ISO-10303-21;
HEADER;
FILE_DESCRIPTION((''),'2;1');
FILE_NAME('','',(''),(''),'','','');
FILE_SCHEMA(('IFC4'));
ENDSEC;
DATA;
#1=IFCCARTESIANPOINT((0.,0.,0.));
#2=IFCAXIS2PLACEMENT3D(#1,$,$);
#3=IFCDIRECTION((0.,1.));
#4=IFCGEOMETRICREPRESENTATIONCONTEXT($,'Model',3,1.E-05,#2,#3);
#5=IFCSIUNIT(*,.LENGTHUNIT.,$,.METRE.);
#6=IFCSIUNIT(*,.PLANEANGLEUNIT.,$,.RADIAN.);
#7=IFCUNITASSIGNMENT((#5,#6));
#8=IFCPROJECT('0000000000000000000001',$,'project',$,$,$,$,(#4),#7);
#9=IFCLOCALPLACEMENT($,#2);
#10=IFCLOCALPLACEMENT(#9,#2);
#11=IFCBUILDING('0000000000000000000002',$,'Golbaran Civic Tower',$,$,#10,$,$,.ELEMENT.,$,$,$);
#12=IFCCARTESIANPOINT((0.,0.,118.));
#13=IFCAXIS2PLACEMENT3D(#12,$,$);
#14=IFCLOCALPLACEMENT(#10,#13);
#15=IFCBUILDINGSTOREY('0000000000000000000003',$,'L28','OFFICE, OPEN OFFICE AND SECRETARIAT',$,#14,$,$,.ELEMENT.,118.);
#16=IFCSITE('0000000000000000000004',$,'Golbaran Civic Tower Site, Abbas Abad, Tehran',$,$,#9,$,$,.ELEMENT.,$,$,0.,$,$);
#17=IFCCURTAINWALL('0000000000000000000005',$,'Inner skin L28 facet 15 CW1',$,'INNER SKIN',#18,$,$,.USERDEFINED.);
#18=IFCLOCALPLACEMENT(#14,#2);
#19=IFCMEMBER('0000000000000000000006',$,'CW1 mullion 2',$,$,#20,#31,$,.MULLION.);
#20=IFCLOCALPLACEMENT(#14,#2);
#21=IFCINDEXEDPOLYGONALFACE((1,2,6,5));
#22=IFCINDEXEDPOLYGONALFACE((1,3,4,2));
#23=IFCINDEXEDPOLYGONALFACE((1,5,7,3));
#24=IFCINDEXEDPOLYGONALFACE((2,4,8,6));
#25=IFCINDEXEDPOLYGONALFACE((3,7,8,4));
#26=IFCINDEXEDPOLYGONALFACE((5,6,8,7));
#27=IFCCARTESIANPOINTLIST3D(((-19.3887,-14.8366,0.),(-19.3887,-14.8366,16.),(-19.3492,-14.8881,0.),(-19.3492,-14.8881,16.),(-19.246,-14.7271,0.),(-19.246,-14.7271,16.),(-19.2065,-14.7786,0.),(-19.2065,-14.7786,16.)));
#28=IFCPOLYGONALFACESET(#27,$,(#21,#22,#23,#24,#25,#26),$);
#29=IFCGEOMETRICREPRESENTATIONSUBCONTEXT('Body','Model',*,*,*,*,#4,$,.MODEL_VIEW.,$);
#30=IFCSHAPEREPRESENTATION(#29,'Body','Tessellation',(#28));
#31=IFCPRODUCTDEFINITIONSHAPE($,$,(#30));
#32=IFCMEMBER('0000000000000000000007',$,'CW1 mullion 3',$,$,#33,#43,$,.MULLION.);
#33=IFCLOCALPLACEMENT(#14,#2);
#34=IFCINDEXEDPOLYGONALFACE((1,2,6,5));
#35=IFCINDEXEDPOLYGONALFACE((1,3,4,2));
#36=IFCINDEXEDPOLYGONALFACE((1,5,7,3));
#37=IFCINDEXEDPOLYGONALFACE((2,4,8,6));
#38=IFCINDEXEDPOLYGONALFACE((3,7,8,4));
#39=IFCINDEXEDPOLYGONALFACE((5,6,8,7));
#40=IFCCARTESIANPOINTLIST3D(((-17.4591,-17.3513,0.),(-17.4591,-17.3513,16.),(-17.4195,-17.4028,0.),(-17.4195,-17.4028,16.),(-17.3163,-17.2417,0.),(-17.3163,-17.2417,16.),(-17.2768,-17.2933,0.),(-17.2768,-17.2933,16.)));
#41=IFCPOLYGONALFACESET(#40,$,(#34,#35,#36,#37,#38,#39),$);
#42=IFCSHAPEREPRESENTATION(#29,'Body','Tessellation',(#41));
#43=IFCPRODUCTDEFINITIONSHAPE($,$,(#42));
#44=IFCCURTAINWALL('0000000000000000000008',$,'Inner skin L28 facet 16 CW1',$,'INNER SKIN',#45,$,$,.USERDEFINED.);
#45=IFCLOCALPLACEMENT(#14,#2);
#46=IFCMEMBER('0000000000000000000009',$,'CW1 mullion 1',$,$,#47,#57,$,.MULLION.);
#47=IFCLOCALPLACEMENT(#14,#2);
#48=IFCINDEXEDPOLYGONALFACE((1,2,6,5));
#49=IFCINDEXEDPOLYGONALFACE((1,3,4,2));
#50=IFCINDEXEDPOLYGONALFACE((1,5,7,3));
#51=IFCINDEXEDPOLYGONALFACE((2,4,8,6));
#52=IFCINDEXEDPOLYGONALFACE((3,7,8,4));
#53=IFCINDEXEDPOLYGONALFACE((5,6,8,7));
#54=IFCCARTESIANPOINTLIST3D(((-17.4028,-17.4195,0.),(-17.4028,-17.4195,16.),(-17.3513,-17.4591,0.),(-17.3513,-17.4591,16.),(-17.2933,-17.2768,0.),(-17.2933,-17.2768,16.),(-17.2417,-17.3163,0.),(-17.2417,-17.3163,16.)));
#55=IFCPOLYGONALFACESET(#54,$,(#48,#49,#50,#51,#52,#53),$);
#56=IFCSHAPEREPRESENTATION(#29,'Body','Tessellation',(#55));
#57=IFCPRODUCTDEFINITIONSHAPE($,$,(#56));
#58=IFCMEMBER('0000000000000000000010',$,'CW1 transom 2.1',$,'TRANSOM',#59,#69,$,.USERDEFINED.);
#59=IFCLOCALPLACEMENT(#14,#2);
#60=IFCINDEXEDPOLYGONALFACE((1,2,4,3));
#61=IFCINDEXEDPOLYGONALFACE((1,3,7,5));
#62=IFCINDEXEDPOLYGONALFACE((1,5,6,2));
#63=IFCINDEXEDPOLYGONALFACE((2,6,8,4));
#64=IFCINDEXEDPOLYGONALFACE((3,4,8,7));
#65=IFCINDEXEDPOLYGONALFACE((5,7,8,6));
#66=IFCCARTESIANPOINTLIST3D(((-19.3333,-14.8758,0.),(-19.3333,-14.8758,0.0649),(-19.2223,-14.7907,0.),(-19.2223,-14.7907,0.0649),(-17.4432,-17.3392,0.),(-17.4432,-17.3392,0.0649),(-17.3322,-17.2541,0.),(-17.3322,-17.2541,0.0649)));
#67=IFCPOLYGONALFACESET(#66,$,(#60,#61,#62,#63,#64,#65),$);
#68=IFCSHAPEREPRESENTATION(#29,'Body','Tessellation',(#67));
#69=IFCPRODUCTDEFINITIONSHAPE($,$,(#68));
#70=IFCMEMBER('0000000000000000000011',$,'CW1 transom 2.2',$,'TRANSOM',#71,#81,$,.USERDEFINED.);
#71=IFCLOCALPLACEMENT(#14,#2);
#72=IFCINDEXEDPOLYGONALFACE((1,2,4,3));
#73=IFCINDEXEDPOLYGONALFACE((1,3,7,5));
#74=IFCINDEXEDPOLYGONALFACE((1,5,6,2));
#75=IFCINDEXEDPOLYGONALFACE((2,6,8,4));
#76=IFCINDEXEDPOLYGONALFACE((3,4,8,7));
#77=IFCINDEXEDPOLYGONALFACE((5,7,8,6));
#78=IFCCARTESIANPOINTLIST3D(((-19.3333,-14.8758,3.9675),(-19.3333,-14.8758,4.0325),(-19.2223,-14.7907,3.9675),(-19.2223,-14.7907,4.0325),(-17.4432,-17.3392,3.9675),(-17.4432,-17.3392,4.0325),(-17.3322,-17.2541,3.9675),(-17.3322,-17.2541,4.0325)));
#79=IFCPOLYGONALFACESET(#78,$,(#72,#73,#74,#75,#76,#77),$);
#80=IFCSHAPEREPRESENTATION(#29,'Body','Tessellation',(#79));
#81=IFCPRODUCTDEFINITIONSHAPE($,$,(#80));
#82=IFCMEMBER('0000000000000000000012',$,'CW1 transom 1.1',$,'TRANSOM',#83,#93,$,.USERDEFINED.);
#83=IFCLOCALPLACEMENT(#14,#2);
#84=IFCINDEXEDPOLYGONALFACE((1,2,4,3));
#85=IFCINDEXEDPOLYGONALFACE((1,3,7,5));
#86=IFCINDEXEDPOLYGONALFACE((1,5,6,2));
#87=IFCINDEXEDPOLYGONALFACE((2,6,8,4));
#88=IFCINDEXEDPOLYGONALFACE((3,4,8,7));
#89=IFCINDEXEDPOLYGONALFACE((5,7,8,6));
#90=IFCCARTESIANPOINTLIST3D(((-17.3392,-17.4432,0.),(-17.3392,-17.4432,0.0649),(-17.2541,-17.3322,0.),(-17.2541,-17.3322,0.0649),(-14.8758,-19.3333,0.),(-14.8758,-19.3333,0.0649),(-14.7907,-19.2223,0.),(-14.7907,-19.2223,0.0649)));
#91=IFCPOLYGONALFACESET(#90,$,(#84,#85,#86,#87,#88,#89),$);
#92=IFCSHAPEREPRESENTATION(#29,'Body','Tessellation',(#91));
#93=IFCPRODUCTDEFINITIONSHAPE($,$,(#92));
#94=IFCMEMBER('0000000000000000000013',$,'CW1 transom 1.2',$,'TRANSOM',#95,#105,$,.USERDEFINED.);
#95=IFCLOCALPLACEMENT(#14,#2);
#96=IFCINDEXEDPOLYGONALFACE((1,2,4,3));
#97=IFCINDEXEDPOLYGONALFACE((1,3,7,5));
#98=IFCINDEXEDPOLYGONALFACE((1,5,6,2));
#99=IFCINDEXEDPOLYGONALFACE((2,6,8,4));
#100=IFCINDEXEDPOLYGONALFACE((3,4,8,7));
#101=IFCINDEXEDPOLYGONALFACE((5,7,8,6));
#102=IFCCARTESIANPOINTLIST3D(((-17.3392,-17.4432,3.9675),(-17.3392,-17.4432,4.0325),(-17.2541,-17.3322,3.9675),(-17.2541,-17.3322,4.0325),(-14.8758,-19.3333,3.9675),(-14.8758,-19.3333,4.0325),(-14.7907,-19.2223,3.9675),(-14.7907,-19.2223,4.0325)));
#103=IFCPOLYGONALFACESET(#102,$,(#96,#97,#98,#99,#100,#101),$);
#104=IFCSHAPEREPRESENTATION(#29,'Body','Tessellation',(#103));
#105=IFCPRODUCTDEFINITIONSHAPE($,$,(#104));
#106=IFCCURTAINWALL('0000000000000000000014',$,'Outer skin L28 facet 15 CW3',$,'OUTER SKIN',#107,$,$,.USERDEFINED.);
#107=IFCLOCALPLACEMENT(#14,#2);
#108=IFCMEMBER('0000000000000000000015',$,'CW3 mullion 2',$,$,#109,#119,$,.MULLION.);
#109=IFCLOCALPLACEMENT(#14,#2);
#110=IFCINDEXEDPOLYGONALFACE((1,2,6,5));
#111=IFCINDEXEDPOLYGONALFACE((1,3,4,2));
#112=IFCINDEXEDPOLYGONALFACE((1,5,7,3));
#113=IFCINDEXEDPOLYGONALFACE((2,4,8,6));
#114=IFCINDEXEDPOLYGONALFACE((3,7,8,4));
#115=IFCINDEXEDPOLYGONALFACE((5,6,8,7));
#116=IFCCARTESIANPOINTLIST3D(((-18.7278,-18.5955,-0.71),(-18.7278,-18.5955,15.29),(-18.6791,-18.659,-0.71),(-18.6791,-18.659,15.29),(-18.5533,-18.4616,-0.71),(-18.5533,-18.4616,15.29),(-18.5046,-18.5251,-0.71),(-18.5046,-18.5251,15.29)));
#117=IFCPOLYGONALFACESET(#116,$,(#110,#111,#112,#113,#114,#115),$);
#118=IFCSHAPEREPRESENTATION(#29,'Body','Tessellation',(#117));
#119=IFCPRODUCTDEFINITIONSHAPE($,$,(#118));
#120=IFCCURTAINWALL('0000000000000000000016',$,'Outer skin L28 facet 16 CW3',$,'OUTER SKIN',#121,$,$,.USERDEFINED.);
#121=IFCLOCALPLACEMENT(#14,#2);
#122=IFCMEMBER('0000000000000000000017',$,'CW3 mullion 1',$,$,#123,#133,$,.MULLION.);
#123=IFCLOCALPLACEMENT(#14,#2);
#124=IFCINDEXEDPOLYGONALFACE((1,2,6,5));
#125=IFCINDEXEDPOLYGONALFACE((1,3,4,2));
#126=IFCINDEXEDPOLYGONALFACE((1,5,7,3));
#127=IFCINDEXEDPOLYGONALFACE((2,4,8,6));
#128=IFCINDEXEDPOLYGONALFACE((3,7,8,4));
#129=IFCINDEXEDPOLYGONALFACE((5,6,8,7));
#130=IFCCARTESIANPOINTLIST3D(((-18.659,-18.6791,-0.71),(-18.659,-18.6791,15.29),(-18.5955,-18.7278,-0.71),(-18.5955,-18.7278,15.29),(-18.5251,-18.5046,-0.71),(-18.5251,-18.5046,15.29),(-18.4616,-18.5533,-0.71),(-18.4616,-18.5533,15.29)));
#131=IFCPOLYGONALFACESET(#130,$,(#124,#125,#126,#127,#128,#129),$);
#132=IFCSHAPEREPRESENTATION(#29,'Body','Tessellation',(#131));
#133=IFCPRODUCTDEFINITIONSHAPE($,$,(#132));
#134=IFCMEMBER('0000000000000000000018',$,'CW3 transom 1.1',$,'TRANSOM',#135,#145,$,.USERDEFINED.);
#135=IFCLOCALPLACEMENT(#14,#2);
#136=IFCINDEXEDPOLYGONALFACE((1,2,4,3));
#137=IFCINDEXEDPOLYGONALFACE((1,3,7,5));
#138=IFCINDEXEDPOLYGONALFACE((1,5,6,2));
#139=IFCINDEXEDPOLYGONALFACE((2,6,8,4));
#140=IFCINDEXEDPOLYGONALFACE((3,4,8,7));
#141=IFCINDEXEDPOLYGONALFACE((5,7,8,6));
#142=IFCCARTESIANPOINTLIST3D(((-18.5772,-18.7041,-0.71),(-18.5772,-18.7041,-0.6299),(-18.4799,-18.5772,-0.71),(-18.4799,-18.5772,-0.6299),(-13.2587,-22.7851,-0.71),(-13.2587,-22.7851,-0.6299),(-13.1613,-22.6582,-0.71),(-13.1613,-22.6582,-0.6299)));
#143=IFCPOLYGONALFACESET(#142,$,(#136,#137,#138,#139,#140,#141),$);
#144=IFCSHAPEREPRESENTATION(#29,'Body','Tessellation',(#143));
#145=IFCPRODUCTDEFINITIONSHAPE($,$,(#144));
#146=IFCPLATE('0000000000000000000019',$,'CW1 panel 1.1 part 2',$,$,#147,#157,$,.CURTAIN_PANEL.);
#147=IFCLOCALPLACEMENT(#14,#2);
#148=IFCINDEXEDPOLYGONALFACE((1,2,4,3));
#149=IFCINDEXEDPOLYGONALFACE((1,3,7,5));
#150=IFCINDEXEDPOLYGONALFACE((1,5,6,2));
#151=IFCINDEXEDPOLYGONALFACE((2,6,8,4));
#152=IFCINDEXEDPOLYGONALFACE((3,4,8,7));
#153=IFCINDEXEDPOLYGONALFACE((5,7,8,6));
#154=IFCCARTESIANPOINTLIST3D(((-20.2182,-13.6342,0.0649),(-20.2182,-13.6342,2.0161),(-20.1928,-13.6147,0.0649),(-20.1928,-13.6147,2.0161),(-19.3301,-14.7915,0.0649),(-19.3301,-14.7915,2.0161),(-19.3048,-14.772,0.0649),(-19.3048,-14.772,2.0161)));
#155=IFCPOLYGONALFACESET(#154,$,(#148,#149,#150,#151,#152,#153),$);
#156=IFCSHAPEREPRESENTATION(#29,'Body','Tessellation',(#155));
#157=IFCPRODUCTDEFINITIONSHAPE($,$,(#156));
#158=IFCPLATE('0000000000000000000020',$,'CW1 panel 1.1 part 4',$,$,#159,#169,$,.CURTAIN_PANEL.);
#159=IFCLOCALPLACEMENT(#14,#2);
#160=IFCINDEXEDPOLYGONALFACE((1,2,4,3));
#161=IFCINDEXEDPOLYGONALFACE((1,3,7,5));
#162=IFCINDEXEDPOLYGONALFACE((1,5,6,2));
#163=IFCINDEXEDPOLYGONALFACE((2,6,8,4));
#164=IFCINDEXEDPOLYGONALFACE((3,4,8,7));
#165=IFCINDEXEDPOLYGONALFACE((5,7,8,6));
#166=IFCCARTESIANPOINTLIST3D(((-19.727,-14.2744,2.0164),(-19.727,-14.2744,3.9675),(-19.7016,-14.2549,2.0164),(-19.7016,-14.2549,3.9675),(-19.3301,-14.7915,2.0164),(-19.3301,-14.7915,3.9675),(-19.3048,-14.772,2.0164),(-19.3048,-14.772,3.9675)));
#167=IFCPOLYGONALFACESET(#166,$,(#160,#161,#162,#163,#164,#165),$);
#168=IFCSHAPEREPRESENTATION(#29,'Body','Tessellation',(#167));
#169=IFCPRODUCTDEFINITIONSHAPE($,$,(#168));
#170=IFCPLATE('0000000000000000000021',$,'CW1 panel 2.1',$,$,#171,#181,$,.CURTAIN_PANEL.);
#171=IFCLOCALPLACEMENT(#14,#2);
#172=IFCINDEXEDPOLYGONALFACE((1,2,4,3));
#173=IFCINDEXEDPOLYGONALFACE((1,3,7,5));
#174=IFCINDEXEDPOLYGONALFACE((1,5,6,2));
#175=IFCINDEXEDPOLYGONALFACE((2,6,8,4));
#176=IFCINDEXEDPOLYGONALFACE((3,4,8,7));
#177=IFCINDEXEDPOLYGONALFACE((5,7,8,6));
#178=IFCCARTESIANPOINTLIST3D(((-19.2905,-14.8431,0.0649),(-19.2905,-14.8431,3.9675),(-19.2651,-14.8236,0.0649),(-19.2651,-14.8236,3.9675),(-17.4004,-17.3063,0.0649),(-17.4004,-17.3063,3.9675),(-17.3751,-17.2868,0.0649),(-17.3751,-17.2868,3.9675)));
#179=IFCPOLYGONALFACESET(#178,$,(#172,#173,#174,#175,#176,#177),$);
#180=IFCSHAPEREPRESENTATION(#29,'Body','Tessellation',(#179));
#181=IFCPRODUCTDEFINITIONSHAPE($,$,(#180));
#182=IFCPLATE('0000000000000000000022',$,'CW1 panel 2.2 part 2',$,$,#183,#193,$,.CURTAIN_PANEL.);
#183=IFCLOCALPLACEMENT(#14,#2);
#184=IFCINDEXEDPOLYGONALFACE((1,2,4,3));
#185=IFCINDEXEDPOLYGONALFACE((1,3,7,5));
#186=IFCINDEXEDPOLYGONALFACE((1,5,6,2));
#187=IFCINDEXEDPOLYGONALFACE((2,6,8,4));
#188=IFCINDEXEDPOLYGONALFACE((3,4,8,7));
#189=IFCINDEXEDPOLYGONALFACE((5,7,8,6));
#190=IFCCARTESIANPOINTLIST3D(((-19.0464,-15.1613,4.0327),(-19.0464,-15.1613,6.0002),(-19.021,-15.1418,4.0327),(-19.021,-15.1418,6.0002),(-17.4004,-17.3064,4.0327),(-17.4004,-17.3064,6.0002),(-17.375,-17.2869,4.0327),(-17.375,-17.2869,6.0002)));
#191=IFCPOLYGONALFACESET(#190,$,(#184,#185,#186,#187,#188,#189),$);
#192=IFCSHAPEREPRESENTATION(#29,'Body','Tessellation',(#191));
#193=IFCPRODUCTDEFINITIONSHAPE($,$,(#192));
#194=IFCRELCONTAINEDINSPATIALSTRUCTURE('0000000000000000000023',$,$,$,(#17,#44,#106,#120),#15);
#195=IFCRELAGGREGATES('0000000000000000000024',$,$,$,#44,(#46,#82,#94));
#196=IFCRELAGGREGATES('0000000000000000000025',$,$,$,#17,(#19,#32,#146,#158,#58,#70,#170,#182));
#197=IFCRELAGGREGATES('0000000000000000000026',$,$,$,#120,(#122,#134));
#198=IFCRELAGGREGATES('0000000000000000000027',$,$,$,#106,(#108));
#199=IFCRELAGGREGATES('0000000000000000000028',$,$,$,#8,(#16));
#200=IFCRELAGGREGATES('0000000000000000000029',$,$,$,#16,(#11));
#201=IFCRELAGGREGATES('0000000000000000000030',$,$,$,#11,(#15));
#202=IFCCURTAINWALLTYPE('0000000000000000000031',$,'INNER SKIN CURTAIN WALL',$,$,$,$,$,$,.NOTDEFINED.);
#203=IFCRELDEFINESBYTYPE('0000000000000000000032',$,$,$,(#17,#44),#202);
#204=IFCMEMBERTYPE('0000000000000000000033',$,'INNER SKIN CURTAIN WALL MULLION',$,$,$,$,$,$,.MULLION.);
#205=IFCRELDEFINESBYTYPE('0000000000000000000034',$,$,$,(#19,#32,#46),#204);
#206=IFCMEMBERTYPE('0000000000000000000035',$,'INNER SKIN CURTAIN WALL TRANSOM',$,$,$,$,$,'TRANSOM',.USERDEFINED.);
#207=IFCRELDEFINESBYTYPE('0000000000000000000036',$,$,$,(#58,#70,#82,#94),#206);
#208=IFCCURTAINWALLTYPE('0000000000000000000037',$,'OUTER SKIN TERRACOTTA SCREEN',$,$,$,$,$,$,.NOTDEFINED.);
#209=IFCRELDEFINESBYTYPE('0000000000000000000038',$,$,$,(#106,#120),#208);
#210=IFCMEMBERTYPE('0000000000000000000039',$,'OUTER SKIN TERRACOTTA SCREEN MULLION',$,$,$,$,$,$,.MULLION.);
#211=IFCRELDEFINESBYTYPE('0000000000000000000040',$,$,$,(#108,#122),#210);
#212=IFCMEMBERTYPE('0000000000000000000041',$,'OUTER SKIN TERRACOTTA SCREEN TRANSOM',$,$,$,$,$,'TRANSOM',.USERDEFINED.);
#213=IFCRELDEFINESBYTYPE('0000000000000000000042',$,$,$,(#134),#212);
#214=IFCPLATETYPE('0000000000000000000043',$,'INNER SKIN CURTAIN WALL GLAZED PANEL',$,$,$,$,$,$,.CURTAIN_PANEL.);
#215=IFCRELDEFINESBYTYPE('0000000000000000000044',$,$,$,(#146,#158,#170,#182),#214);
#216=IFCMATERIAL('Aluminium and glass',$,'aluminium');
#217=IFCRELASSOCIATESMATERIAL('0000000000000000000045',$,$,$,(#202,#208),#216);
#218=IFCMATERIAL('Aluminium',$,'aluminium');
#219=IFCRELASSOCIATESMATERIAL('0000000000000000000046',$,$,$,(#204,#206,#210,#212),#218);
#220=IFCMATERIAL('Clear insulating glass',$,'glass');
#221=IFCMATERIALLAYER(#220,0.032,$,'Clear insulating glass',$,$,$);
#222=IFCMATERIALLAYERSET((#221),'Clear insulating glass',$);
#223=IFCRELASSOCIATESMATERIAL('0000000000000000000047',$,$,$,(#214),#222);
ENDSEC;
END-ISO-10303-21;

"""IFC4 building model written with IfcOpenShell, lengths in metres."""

from ifc_helpers import new_model, si_unit, direction, frame, origin, origin_2d, place, context, subcontext, project, spatial, rectangle, extrude, material, layer, layer_set, material_profile, profile_set, type_object, element, aggregate, save


model = new_model("IFC4")

# Units and contexts
model_context = context("Model", 3, precision=1e-05, world=origin(), true_north=direction((0.0, 1.0)))
body_context = subcontext(model_context, "Body", "Model", "MODEL_VIEW")
ifc_project = project(units=[si_unit("LENGTHUNIT", "METRE"), si_unit("PLANEANGLEUNIT", "RADIAN")], contexts=[model_context])

# Site, building, storey
site_placement = place(None, origin())
site = spatial("IfcSite", under=ifc_project, at=site_placement, Name="Golbaran Civic Tower Site, Abbas Abad, Tehran", CompositionType="ELEMENT", RefElevation=0.0)
building_placement = place(site_placement, origin())
building = spatial("IfcBuilding", under=site, at=building_placement, Name="Golbaran Civic Tower", CompositionType="ELEMENT")
storey_placement = place(building_placement, frame((0.0, 0.0, 118.0)))
storey = spatial("IfcBuildingStorey", under=building, at=storey_placement, Name="L28", Description="OFFICE, OPEN OFFICE AND SECRETARIAT", CompositionType="ELEMENT", Elevation=118.0)

# Curtain wall, members
ifc_material_1 = material(Name="Aluminium and glass", Category="aluminium")
curtain_wall_type_1 = type_object("IfcCurtainWallType", Name="INNER SKIN CURTAIN WALL", PredefinedType="NOTDEFINED", material=ifc_material_1)
curtain_wall_1_placement = place(storey_placement, origin())
curtain_wall_1 = element("IfcCurtainWall", 1, at=curtain_wall_1_placement, inside=storey, type_object=curtain_wall_type_1, Name="Inner skin L28 facet 15 CW1", ObjectType="INNER SKIN", PredefinedType="USERDEFINED")
ifc_material_2 = material(Name="Aluminium", Category="aluminium")
ifc_material_profile_1 = material_profile(ifc_material_2, rectangle(XDim=0.1799, YDim=0.0649, at=origin_2d()), Name="INNER SKIN CURTAIN WALL MULLION")
ifc_profile_set_1 = profile_set([ifc_material_profile_1], Name="Aluminium")
member_type_1 = type_object("IfcMemberType", Name="INNER SKIN CURTAIN WALL MULLION", PredefinedType="MULLION", material=ifc_profile_set_1)
member_1_placement = place(storey_placement, frame((-19.2976, -14.8076, 0.0), z_axis=(0.0, 0.0, 1.0), x_axis=(0.793353, 0.608761, 0.0)))
member_1 = element("IfcMember", 2, at=member_1_placement, type_object=member_type_1, Name="CW1 mullion 2", PredefinedType="MULLION", context=body_context, shape_type="SweptSolid", body=[
    extrude(rectangle(XDim=0.1799, YDim=0.0649, at=origin_2d()), origin(), (0.0, 0.0, 1.0), 16.0),
])
member_2_placement = place(storey_placement, frame((-17.3679, -17.3223, 0.0), z_axis=(0.0, 0.0, 1.0), x_axis=(0.793353, 0.608761, 0.0)))
member_2 = element("IfcMember", 3, at=member_2_placement, type_object=member_type_1, Name="CW1 mullion 3", PredefinedType="MULLION", context=body_context, shape_type="SweptSolid", body=[
    extrude(rectangle(XDim=0.1799, YDim=0.0649, at=origin_2d()), origin(), (0.0, 0.0, 1.0), 16.0),
])

# Curtain wall, member
curtain_wall_2_placement = place(storey_placement, origin())
curtain_wall_2 = element("IfcCurtainWall", 4, at=curtain_wall_2_placement, inside=storey, type_object=curtain_wall_type_1, Name="Inner skin L28 facet 16 CW1", ObjectType="INNER SKIN", PredefinedType="USERDEFINED")
member_3_placement = place(storey_placement, frame((-17.3223, -17.3679, 0.0), z_axis=(0.0, 0.0, 1.0), x_axis=(0.608761, 0.793353, 0.0)))
member_3 = element("IfcMember", 5, at=member_3_placement, type_object=member_type_1, Name="CW1 mullion 1", PredefinedType="MULLION", context=body_context, shape_type="SweptSolid", body=[
    extrude(rectangle(XDim=0.1799, YDim=0.0649, at=origin_2d()), origin(), (0.0, 0.0, 1.0), 16.0),
])

# Members
ifc_material_profile_2 = material_profile(ifc_material_2, rectangle(XDim=0.1399, YDim=0.0649, at=origin_2d()), Name="INNER SKIN CURTAIN WALL TRANSOM")
ifc_profile_set_2 = profile_set([ifc_material_profile_2], Name="Aluminium")
member_type_2 = type_object("IfcMemberType", Name="INNER SKIN CURTAIN WALL TRANSOM", ElementType="TRANSOM", PredefinedType="USERDEFINED", material=ifc_profile_set_2)
member_4_placement = place(storey_placement, frame((-19.2778, -14.8333, 0.0325), z_axis=(0.608745, -0.793366, 0.0), x_axis=(0.793366, 0.608745, 0.0)))
member_4 = element("IfcMember", 6, at=member_4_placement, type_object=member_type_2, Name="CW1 transom 2.1", ObjectType="TRANSOM", PredefinedType="USERDEFINED", context=body_context, shape_type="SweptSolid", body=[
    extrude(rectangle(XDim=0.1399, YDim=0.0649, at=origin_2d()), origin(), (0.0, 0.0, 1.0), 3.105),
])
member_5_placement = place(storey_placement, frame((-19.2778, -14.8333, 4.0), z_axis=(0.608745, -0.793366, 0.0), x_axis=(0.793366, 0.608745, 0.0)))
member_5 = element("IfcMember", 7, at=member_5_placement, type_object=member_type_2, Name="CW1 transom 2.2", ObjectType="TRANSOM", PredefinedType="USERDEFINED", context=body_context, shape_type="SweptSolid", body=[
    extrude(rectangle(XDim=0.1399, YDim=0.0649, at=origin_2d()), origin(), (0.0, 0.0, 1.0), 3.105),
])
member_6_placement = place(storey_placement, frame((-17.2966, -17.3877, 0.0325), z_axis=(0.793366, -0.608745, 0.0), x_axis=(0.608745, 0.793366, 0.0)))
member_6 = element("IfcMember", 8, at=member_6_placement, type_object=member_type_2, Name="CW1 transom 1.1", ObjectType="TRANSOM", PredefinedType="USERDEFINED", context=body_context, shape_type="SweptSolid", body=[
    extrude(rectangle(XDim=0.1399, YDim=0.0649, at=origin_2d()), origin(), (0.0, 0.0, 1.0), 3.105),
])
member_7_placement = place(storey_placement, frame((-17.2966, -17.3877, 4.0), z_axis=(0.793366, -0.608745, 0.0), x_axis=(0.608745, 0.793366, 0.0)))
member_7 = element("IfcMember", 9, at=member_7_placement, type_object=member_type_2, Name="CW1 transom 1.2", ObjectType="TRANSOM", PredefinedType="USERDEFINED", context=body_context, shape_type="SweptSolid", body=[
    extrude(rectangle(XDim=0.1399, YDim=0.0649, at=origin_2d()), origin(), (0.0, 0.0, 1.0), 3.105),
])

# Curtain wall, member
curtain_wall_type_2 = type_object("IfcCurtainWallType", Name="OUTER SKIN TERRACOTTA SCREEN", PredefinedType="NOTDEFINED", material=ifc_material_1)
curtain_wall_3_placement = place(storey_placement, origin())
curtain_wall_3 = element("IfcCurtainWall", 10, at=curtain_wall_3_placement, inside=storey, type_object=curtain_wall_type_2, Name="Outer skin L28 facet 15 CW3", ObjectType="OUTER SKIN", PredefinedType="USERDEFINED")
ifc_material_profile_3 = material_profile(ifc_material_2, rectangle(XDim=0.22, YDim=0.0801, at=origin_2d()), Name="OUTER SKIN TERRACOTTA SCREEN MULLION")
ifc_profile_set_3 = profile_set([ifc_material_profile_3], Name="Aluminium")
member_type_3 = type_object("IfcMemberType", Name="OUTER SKIN TERRACOTTA SCREEN MULLION", PredefinedType="MULLION", material=ifc_profile_set_3)
member_8_placement = place(storey_placement, frame((-18.6162, -18.5603, -0.71), z_axis=(0.0, 0.0, 1.0), x_axis=(0.793353, 0.608761, 0.0)))
member_8 = element("IfcMember", 11, at=member_8_placement, type_object=member_type_3, Name="CW3 mullion 2", PredefinedType="MULLION", context=body_context, shape_type="SweptSolid", body=[
    extrude(rectangle(XDim=0.22, YDim=0.0801, at=origin_2d()), origin(), (0.0, 0.0, 1.0), 16.0),
])

# Curtain wall, members
curtain_wall_4_placement = place(storey_placement, origin())
curtain_wall_4 = element("IfcCurtainWall", 12, at=curtain_wall_4_placement, inside=storey, type_object=curtain_wall_type_2, Name="Outer skin L28 facet 16 CW3", ObjectType="OUTER SKIN", PredefinedType="USERDEFINED")
member_9_placement = place(storey_placement, frame((-18.5603, -18.6162, -0.71), z_axis=(0.0, 0.0, 1.0), x_axis=(0.608761, 0.793353, 0.0)))
member_9 = element("IfcMember", 13, at=member_9_placement, type_object=member_type_3, Name="CW3 mullion 1", PredefinedType="MULLION", context=body_context, shape_type="SweptSolid", body=[
    extrude(rectangle(XDim=0.22, YDim=0.0801, at=origin_2d()), origin(), (0.0, 0.0, 1.0), 16.0),
])
ifc_material_profile_4 = material_profile(ifc_material_2, rectangle(XDim=0.1599, YDim=0.0801, at=origin_2d()), Name="OUTER SKIN TERRACOTTA SCREEN TRANSOM")
ifc_profile_set_4 = profile_set([ifc_material_profile_4], Name="Aluminium")
member_type_4 = type_object("IfcMemberType", Name="OUTER SKIN TERRACOTTA SCREEN TRANSOM", ElementType="TRANSOM", PredefinedType="USERDEFINED", material=ifc_profile_set_4)
member_10_placement = place(storey_placement, frame((-18.5286, -18.6406, -0.6699), z_axis=(0.793357, -0.608756, 0.0), x_axis=(0.608756, 0.793357, 0.0)))
member_10 = element("IfcMember", 14, at=member_10_placement, type_object=member_type_4, Name="CW3 transom 1.1", ObjectType="TRANSOM", PredefinedType="USERDEFINED", context=body_context, shape_type="SweptSolid", body=[
    extrude(rectangle(XDim=0.1599, YDim=0.0801, at=origin_2d()), origin(), (0.0, 0.0, 1.0), 6.7039),
])

# Plates
ifc_material_3 = material(Name="Clear insulating glass", Category="glass")
ifc_layer_1 = layer(ifc_material_3, 0.032, Name="Clear insulating glass")
ifc_layer_set_1 = layer_set([ifc_layer_1], Name="Clear insulating glass")
plate_type_1 = type_object("IfcPlateType", Name="INNER SKIN CURTAIN WALL GLAZED PANEL", PredefinedType="CURTAIN_PANEL", material=ifc_layer_set_1)
plate_1_placement = place(storey_placement, frame((-19.7615, -14.2031, 0.0649), z_axis=(0.0, 0.0, 1.0), x_axis=(0.608761, -0.793353, 0.0)))
plate_1 = element("IfcPlate", 15, at=plate_1_placement, type_object=plate_type_1, Name="CW1 panel 1.1 part 2", PredefinedType="CURTAIN_PANEL", context=body_context, shape_type="SweptSolid", body=[
    extrude(rectangle(XDim=1.4587, YDim=0.032, at=origin_2d()), origin(), (0.0, 0.0, 1.0), 1.9512),
])
plate_2_placement = place(storey_placement, frame((-19.5159, -14.5232, 2.0164), z_axis=(0.0, 0.0, 1.0), x_axis=(0.608761, -0.793353, 0.0)))
plate_2 = element("IfcPlate", 16, at=plate_2_placement, type_object=plate_type_1, Name="CW1 panel 1.1 part 4", PredefinedType="CURTAIN_PANEL", context=body_context, shape_type="SweptSolid", body=[
    extrude(rectangle(XDim=0.6519, YDim=0.032, at=origin_2d()), origin(), (0.0, 0.0, 1.0), 1.9512),
])
plate_3_placement = place(storey_placement, frame((-18.3328, -16.0649, 0.0649), z_axis=(0.0, 0.0, 1.0), x_axis=(0.608761, -0.793353, 0.0)))
plate_3 = element("IfcPlate", 17, at=plate_3_placement, type_object=plate_type_1, Name="CW1 panel 2.1", PredefinedType="CURTAIN_PANEL", context=body_context, shape_type="SweptSolid", body=[
    extrude(rectangle(XDim=3.1047, YDim=0.032, at=origin_2d()), origin(), (0.0, 0.0, 1.0), 3.9026),
])
plate_4_placement = place(storey_placement, frame((-18.2107, -16.2241, 4.0327), z_axis=(0.0, 0.0, 1.0), x_axis=(0.608761, -0.793353, 0.0)))
plate_4 = element("IfcPlate", 18, at=plate_4_placement, type_object=plate_type_1, Name="CW1 panel 2.2 part 2", PredefinedType="CURTAIN_PANEL", context=body_context, shape_type="SweptSolid", body=[
    extrude(rectangle(XDim=2.7039, YDim=0.032, at=origin_2d()), origin(), (0.0, 0.0, 1.0), 1.9675),
])
aggregate(curtain_wall_2, [member_3, member_6, member_7])
aggregate(curtain_wall_1, [member_1, member_2, plate_1, plate_2, member_4, member_5, plate_3, plate_4])
aggregate(curtain_wall_4, [member_9, member_10])
aggregate(curtain_wall_3, [member_8])

save(model, "model.ifc")
